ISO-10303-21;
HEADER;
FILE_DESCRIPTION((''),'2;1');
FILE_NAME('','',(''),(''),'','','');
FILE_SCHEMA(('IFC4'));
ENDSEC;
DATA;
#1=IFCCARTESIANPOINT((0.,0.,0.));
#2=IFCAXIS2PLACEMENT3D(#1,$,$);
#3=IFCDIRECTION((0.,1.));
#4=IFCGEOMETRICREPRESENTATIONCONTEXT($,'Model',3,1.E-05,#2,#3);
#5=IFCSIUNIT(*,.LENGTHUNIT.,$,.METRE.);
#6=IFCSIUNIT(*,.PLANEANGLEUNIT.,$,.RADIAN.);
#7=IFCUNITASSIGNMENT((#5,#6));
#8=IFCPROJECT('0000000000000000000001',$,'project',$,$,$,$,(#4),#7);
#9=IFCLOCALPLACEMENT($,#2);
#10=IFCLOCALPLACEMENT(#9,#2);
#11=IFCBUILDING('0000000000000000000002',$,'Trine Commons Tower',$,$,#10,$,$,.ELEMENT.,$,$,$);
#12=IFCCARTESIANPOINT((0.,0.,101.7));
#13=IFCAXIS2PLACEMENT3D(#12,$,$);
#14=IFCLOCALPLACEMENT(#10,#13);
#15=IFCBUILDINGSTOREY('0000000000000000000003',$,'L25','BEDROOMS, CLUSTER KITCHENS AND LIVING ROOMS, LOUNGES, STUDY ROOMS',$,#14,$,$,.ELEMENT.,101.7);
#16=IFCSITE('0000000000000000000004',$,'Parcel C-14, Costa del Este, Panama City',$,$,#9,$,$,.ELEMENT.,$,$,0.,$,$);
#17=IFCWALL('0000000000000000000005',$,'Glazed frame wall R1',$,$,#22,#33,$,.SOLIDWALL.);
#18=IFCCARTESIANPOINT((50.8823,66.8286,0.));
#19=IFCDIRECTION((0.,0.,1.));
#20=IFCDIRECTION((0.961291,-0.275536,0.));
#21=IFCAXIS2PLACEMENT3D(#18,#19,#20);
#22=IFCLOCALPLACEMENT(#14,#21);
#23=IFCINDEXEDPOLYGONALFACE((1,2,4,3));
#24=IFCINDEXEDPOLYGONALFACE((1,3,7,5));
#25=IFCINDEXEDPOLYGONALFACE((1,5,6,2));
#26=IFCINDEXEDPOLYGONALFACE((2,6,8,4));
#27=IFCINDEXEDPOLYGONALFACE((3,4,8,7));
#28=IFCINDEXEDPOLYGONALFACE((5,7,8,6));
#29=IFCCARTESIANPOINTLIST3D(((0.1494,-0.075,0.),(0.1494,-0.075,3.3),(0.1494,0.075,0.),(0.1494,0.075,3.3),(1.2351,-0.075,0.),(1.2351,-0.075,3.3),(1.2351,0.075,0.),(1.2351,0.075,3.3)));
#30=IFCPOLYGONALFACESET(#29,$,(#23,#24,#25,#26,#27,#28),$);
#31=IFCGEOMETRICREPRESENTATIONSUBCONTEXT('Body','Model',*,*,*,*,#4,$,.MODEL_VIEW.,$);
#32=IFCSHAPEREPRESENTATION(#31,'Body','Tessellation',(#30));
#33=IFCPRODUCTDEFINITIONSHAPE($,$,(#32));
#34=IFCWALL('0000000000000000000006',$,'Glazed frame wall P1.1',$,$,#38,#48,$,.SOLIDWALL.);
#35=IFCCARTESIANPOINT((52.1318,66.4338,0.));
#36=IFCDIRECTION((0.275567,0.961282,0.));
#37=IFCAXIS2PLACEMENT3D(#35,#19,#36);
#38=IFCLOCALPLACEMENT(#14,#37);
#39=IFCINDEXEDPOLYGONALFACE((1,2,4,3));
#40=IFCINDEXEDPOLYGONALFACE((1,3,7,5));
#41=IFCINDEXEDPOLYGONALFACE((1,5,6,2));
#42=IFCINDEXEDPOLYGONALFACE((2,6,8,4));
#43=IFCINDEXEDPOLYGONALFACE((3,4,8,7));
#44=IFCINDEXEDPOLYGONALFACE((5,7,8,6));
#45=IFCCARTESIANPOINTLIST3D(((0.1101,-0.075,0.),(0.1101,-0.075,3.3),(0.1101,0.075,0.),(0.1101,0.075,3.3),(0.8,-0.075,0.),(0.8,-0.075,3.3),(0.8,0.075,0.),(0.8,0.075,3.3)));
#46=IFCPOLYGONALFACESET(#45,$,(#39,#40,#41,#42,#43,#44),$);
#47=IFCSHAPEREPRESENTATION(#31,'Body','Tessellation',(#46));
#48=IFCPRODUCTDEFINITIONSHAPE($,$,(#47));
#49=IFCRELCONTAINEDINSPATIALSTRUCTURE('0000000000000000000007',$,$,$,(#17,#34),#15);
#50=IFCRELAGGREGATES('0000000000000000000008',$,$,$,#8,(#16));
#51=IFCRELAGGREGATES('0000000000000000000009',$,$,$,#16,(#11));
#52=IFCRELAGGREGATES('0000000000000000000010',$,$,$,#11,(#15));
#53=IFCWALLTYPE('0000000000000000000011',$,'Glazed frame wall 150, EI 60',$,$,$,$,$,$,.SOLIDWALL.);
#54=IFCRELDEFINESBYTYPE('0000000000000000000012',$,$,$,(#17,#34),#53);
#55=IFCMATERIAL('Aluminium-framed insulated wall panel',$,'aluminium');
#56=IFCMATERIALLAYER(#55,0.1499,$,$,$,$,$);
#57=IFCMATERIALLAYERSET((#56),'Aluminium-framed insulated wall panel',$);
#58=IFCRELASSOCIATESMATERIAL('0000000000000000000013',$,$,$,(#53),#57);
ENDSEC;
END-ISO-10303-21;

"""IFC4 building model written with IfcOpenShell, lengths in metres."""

from ifc_helpers import new_model, si_unit, direction, frame, origin, place, context, subcontext, project, spatial, polyline, outline, extrude, material, layer, layer_set, type_object, element, save


model = new_model("IFC4")

# Units and contexts
model_context = context("Model", 3, precision=1e-05, world=origin(), true_north=direction((0.0, 1.0)))
body_context = subcontext(model_context, "Body", "Model", "MODEL_VIEW")
ifc_project = project(units=[si_unit("LENGTHUNIT", "METRE"), si_unit("PLANEANGLEUNIT", "RADIAN")], contexts=[model_context])

# Site, building, storey
site_placement = place(None, origin())
site = spatial("IfcSite", under=ifc_project, at=site_placement, Name="Parcel C-14, Costa del Este, Panama City", CompositionType="ELEMENT", RefElevation=0.0)
building_placement = place(site_placement, origin())
building = spatial("IfcBuilding", under=site, at=building_placement, Name="Trine Commons Tower", CompositionType="ELEMENT")
storey_placement = place(building_placement, frame((0.0, 0.0, 101.7)))
storey = spatial("IfcBuildingStorey", under=building, at=storey_placement, Name="L25", Description="BEDROOMS, CLUSTER KITCHENS AND LIVING ROOMS, LOUNGES, STUDY ROOMS", CompositionType="ELEMENT", Elevation=101.7)

# Walls
ifc_material_1 = material(Name="Aluminium-framed insulated wall panel", Category="aluminium")
ifc_layer_1 = layer(ifc_material_1, 0.1499)
ifc_layer_set_1 = layer_set([ifc_layer_1], Name="Aluminium-framed insulated wall panel")
wall_type_1 = type_object("IfcWallType", Name="Glazed frame wall 150, EI 60", PredefinedType="SOLIDWALL", material=ifc_layer_set_1)
wall_1_placement = place(storey_placement, frame((50.8823, 66.8286, 0.0), z_axis=(0.0, 0.0, 1.0), x_axis=(0.961291, -0.275536, 0.0)))
element("IfcWall", 1, at=wall_1_placement, inside=storey, type_object=wall_type_1, Name="Glazed frame wall R1", PredefinedType="SOLIDWALL", context=body_context, shape_type="SweptSolid", body=[
    extrude(outline(polyline([(0.1494, 0.075), (0.1494, -0.075), (1.2351, -0.075), (1.2351, 0.075), (0.1494, 0.075)])), origin(), (0.0, 0.0, 1.0), 3.3),
])
wall_2_placement = place(storey_placement, frame((52.1318, 66.4338, 0.0), z_axis=(0.0, 0.0, 1.0), x_axis=(0.275567, 0.961282, 0.0)))
element("IfcWall", 2, at=wall_2_placement, inside=storey, type_object=wall_type_1, Name="Glazed frame wall P1.1", PredefinedType="SOLIDWALL", context=body_context, shape_type="SweptSolid", body=[
    extrude(outline(polyline([(0.1101, -0.075), (0.8, -0.075), (0.8, 0.075), (0.1101, 0.075), (0.1101, -0.075)])), origin(), (0.0, 0.0, 1.0), 3.3),
])

save(model, "model.ifc")
